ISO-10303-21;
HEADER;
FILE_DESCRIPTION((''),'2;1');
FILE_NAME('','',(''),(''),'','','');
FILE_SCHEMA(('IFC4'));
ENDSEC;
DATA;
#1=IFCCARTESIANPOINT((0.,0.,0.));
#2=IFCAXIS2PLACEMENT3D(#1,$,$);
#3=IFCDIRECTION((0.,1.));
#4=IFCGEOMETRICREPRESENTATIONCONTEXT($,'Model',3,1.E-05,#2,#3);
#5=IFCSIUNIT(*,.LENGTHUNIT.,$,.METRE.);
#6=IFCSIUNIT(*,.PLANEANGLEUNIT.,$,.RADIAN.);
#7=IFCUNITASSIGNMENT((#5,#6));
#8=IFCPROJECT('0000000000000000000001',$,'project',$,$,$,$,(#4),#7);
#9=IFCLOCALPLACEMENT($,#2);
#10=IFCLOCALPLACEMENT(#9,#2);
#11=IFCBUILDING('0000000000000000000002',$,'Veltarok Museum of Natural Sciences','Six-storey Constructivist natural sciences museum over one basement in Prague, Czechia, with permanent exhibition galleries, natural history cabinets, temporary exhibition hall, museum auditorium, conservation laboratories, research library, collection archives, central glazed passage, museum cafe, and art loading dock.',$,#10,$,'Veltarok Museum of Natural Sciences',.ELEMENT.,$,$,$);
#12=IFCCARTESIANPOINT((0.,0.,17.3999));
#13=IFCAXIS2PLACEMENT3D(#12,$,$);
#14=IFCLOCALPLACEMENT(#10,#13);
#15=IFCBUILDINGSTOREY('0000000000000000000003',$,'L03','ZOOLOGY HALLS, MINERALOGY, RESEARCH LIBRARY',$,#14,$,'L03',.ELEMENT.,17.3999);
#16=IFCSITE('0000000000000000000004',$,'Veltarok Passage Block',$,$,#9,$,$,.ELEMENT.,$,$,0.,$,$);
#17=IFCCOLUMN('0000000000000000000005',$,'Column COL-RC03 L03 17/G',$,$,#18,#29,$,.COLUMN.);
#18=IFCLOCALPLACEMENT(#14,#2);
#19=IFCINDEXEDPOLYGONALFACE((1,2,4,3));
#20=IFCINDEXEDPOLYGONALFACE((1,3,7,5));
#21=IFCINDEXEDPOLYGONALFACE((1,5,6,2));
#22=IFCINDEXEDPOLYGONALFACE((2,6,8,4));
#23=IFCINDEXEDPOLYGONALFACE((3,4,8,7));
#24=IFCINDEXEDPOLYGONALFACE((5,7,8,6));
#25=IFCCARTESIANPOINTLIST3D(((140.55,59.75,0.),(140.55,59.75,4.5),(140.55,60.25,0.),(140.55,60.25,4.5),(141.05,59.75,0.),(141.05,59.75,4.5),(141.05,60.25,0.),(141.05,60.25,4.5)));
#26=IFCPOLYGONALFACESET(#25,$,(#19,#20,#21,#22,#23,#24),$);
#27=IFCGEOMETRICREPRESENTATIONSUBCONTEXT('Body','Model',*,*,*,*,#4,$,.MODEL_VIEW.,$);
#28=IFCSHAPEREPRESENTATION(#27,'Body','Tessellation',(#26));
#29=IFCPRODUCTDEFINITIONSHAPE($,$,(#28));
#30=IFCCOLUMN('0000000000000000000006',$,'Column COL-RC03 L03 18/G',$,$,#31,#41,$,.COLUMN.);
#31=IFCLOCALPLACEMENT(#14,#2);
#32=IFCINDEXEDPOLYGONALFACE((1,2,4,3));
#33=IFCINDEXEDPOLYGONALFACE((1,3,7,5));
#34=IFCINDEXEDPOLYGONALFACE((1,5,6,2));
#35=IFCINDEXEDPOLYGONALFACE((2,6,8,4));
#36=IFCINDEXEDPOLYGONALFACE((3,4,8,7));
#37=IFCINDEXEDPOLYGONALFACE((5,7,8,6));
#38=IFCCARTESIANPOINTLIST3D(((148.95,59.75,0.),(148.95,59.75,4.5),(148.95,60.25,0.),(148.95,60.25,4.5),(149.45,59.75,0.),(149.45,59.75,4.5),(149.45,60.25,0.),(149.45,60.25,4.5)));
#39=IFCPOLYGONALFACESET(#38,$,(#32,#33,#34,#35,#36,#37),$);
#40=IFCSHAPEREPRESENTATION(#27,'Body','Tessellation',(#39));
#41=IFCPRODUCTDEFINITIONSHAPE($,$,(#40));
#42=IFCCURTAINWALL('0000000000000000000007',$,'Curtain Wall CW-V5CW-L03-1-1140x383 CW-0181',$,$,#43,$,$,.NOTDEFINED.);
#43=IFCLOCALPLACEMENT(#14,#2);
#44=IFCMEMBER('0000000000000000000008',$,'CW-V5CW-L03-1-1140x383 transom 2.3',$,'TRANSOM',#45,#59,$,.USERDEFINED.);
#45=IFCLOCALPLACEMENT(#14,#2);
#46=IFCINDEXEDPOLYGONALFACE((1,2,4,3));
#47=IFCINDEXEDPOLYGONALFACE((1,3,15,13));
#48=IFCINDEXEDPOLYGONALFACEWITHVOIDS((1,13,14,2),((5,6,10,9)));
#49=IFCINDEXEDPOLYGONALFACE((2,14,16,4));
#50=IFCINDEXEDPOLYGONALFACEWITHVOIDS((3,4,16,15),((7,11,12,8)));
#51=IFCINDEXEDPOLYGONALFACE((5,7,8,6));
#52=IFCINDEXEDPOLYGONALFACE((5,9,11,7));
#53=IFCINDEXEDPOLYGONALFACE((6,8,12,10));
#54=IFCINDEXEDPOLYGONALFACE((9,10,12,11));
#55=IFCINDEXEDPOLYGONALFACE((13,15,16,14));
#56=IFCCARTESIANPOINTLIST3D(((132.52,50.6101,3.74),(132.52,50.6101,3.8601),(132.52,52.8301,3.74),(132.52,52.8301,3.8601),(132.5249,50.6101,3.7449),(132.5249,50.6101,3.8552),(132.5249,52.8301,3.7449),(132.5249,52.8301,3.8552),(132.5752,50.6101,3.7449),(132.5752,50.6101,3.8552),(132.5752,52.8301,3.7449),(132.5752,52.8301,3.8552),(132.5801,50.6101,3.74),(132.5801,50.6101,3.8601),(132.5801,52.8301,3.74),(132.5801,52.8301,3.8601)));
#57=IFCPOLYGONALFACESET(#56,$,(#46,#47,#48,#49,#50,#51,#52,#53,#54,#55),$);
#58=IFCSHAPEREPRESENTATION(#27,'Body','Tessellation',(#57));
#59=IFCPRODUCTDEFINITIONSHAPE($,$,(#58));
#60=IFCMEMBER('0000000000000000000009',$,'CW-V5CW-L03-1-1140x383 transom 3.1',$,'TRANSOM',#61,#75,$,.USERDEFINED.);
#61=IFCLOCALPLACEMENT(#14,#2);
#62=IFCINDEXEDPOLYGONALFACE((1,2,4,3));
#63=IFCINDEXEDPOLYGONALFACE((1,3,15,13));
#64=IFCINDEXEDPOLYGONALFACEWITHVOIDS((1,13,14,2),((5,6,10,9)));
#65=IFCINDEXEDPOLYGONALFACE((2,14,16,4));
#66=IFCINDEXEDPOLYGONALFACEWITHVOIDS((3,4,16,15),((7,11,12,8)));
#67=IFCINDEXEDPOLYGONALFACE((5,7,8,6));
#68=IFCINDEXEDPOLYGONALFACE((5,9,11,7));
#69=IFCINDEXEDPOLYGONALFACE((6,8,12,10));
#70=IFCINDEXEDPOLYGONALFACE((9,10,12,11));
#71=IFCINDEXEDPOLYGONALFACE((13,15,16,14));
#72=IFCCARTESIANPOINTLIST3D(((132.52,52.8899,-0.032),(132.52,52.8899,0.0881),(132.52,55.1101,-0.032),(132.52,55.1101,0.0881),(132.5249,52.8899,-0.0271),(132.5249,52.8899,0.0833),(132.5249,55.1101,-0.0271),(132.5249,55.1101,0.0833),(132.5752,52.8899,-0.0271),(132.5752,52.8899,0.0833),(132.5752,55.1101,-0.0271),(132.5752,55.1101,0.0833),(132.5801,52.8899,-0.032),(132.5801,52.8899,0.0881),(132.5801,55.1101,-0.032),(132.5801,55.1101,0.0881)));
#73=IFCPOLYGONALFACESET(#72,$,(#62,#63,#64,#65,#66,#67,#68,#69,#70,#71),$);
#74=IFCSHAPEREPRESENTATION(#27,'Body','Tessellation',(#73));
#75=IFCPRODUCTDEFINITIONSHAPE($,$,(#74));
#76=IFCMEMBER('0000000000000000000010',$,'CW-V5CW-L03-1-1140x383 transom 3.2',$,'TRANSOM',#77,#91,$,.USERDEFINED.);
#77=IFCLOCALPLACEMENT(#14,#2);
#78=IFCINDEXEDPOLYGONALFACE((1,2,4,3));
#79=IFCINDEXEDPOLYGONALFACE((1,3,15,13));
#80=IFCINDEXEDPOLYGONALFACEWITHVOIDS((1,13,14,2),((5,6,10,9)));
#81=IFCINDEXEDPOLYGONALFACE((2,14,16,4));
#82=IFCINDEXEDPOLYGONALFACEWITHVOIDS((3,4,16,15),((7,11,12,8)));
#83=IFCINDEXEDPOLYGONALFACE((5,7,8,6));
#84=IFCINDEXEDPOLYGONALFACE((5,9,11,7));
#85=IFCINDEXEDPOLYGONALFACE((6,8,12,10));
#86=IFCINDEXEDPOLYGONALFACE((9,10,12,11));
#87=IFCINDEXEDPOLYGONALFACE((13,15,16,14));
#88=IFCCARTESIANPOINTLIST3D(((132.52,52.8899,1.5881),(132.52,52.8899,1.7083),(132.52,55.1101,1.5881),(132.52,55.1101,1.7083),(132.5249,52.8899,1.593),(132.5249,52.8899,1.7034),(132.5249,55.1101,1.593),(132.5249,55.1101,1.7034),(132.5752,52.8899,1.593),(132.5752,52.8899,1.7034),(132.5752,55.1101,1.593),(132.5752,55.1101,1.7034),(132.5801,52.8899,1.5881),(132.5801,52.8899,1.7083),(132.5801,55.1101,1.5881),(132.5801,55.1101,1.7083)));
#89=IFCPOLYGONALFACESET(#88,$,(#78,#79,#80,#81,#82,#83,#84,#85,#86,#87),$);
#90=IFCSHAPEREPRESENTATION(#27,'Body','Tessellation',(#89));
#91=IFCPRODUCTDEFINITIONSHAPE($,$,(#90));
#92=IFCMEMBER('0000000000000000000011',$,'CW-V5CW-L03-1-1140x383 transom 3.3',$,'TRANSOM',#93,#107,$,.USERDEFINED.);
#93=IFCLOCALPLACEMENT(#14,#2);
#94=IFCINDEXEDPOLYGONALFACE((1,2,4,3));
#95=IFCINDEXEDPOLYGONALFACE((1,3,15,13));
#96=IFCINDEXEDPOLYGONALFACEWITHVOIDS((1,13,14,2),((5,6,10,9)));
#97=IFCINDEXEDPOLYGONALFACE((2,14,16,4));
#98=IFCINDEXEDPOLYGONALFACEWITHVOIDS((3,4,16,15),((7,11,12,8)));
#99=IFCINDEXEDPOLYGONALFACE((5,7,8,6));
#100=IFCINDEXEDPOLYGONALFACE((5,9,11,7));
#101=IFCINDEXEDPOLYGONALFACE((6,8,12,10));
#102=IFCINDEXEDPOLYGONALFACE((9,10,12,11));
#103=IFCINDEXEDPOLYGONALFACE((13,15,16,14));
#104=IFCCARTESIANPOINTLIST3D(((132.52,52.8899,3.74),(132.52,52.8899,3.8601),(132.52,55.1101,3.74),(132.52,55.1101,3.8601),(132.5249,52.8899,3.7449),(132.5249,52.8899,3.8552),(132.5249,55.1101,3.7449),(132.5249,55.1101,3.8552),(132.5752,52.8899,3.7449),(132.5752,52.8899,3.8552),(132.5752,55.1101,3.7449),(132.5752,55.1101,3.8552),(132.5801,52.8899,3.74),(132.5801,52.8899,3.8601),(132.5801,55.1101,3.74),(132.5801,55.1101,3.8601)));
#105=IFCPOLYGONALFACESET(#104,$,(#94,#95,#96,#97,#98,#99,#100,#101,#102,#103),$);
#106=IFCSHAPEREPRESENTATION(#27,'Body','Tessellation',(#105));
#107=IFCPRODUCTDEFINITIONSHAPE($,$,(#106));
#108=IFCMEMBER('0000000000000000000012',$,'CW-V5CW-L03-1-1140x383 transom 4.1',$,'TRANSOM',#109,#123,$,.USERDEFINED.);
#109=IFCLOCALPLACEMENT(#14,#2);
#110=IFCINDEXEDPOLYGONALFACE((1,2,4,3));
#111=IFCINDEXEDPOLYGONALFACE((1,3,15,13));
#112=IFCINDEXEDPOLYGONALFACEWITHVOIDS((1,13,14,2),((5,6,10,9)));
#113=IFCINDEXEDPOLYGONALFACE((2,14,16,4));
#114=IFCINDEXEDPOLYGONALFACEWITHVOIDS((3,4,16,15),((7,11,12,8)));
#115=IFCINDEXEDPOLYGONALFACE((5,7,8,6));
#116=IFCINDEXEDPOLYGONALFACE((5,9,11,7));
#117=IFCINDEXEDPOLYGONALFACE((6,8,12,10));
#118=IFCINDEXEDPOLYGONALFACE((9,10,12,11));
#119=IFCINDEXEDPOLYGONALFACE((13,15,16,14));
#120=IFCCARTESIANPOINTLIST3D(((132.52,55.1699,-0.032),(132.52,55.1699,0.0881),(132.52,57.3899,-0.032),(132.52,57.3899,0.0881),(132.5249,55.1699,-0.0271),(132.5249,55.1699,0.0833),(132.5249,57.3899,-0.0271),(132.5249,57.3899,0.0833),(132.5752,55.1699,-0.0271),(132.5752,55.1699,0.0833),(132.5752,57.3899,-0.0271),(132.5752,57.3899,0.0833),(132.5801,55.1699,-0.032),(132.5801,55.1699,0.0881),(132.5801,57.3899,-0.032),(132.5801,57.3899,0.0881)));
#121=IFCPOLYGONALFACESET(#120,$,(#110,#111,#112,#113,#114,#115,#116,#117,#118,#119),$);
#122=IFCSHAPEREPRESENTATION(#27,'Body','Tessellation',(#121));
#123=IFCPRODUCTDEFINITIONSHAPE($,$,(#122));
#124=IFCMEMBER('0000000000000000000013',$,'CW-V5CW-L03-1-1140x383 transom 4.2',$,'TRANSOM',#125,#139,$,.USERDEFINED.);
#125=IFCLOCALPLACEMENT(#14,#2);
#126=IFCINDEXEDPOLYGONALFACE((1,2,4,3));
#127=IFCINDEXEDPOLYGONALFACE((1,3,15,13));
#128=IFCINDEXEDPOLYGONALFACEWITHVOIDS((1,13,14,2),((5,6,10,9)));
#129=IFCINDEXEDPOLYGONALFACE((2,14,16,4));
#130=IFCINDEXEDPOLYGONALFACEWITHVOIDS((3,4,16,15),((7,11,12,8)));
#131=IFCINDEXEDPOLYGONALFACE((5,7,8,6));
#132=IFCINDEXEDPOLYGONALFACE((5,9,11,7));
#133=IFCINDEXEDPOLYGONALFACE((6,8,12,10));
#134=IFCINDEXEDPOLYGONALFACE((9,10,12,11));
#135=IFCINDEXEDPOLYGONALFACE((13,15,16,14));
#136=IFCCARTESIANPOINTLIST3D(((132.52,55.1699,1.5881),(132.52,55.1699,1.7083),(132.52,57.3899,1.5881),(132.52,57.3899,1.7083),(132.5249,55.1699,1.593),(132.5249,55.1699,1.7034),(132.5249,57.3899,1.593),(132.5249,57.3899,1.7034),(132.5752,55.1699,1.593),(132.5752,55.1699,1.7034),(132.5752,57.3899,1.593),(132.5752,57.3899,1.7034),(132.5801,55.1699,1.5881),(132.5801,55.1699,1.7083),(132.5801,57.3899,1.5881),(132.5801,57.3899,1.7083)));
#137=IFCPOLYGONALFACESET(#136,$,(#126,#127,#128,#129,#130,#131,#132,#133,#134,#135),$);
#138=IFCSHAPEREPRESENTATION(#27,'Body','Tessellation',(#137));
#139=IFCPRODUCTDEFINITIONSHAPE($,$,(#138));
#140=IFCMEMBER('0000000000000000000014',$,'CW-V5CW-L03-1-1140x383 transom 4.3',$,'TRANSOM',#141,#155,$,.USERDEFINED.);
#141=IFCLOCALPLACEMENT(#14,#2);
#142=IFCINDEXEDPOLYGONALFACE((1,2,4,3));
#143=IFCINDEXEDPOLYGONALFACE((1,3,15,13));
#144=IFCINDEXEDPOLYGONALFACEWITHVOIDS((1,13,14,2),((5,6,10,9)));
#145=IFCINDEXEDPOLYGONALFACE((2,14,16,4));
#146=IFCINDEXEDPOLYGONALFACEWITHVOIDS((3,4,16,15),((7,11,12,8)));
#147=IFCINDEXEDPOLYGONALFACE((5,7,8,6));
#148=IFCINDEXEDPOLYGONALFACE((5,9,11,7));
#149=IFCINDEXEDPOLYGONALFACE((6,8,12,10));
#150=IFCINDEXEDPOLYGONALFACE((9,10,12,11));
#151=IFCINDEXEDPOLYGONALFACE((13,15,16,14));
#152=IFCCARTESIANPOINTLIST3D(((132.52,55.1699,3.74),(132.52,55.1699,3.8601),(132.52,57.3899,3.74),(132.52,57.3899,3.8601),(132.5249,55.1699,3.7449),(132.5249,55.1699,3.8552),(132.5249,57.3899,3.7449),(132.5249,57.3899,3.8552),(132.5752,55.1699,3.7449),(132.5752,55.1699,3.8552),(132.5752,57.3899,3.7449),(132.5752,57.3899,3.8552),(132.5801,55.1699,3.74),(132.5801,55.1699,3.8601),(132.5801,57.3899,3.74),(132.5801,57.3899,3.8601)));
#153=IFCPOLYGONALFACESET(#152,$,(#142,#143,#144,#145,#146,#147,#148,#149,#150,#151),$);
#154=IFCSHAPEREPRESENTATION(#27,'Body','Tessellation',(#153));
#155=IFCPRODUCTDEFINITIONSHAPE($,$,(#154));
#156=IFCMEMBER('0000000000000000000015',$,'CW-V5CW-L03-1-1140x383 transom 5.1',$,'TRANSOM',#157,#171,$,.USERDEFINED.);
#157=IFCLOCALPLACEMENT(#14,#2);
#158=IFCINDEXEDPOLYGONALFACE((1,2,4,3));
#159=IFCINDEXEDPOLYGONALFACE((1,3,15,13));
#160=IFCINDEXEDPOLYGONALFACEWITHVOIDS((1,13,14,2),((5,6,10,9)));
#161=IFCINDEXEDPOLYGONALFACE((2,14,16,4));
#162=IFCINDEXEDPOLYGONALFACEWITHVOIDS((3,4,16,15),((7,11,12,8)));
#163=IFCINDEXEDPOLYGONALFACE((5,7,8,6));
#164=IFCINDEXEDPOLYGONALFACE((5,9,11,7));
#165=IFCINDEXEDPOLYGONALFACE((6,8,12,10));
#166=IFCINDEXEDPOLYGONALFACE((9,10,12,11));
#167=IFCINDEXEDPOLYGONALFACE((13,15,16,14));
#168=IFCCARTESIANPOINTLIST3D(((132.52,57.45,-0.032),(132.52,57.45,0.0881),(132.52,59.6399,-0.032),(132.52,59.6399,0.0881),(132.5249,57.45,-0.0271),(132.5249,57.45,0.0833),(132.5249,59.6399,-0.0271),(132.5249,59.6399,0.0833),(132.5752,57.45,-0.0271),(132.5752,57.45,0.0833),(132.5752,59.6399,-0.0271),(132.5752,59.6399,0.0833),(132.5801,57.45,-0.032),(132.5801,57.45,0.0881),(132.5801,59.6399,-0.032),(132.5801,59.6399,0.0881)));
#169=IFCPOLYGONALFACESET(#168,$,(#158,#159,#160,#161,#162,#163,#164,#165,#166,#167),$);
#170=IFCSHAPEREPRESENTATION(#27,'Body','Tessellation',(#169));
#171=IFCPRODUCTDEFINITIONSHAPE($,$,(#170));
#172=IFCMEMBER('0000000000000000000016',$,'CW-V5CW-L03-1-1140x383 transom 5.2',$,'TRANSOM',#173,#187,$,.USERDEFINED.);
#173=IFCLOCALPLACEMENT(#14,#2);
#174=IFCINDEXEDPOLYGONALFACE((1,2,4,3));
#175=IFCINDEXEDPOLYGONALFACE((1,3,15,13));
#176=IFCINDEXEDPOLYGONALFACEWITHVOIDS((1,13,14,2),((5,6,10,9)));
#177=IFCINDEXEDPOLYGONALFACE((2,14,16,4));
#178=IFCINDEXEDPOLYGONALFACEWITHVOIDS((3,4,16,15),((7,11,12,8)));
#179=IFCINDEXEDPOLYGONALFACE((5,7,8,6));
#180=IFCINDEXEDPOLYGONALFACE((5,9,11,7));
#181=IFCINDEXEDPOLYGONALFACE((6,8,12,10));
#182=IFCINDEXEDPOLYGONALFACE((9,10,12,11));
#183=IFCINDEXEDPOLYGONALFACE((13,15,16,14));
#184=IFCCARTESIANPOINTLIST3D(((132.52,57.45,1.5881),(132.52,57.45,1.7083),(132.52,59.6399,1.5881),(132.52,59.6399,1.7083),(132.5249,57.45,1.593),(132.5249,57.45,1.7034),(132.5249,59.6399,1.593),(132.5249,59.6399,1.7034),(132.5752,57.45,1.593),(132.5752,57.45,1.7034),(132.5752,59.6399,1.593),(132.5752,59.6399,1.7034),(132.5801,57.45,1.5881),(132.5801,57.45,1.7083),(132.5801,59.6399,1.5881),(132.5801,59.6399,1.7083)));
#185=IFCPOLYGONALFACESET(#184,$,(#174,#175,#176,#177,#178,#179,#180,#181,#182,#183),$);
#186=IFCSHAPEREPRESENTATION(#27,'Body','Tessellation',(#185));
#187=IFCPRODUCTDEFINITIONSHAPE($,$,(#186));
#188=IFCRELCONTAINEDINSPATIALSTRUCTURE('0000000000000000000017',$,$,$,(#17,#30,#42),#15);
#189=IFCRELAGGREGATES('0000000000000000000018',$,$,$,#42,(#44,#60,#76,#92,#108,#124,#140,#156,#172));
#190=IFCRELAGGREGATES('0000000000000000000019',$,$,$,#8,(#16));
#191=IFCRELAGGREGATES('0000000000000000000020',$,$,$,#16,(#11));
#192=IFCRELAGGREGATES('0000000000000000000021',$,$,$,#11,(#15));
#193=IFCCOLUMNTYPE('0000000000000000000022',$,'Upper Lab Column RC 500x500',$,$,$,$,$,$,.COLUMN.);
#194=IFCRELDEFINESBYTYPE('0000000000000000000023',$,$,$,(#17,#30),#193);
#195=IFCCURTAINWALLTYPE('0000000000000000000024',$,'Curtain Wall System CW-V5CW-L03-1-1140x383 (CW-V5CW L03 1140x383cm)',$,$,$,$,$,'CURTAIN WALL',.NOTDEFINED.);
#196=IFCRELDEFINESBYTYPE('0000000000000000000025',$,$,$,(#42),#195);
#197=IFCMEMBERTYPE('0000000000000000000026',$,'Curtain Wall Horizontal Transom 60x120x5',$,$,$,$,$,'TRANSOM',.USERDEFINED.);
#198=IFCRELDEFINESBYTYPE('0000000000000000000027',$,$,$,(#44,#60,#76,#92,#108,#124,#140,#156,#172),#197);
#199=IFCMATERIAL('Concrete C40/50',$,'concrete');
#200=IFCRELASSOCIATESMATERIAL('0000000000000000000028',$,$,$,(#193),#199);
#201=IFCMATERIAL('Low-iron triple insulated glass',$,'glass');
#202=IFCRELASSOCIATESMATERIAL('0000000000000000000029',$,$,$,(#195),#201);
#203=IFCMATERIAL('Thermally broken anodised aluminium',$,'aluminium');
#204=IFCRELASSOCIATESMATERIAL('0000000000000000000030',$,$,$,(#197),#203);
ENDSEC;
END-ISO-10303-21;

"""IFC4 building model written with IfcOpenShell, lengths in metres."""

from ifc_helpers import new_model, si_unit, direction, frame, origin, origin_2d, place, context, subcontext, project, spatial, rectangle, hollow_rectangle, extrude, material, material_profile, profile_set, type_object, element, aggregate, save


model = new_model("IFC4")

# Units and contexts
model_context = context("Model", 3, precision=1e-05, world=origin(), true_north=direction((0.0, 1.0)))
body_context = subcontext(model_context, "Body", "Model", "MODEL_VIEW")
ifc_project = project(units=[si_unit("LENGTHUNIT", "METRE"), si_unit("PLANEANGLEUNIT", "RADIAN")], contexts=[model_context])

# Site, building, storey
site_placement = place(None, origin())
site = spatial("IfcSite", under=ifc_project, at=site_placement, Name="Veltarok Passage Block", CompositionType="ELEMENT", RefElevation=0.0)
building_placement = place(site_placement, origin())
building = spatial("IfcBuilding", under=site, at=building_placement, Name="Veltarok Museum of Natural Sciences", Description="Six-storey Constructivist natural sciences museum over one basement in Prague, Czechia, with permanent exhibition galleries, natural history cabinets, temporary exhibition hall, museum auditorium, conservation laboratories, research library, collection archives, central glazed passage, museum cafe, and art loading dock.", LongName="Veltarok Museum of Natural Sciences", CompositionType="ELEMENT")
storey_placement = place(building_placement, frame((0.0, 0.0, 17.3999)))
storey = spatial("IfcBuildingStorey", under=building, at=storey_placement, Name="L03", Description="ZOOLOGY HALLS, MINERALOGY, RESEARCH LIBRARY", LongName="L03", CompositionType="ELEMENT", Elevation=17.3999)

# Columns
ifc_material_1 = material(Name="Concrete C40/50", Category="concrete")
ifc_material_profile_1 = material_profile(ifc_material_1, rectangle(XDim=0.5, YDim=0.5, at=origin_2d()), Name="RC 500x500")
ifc_profile_set_1 = profile_set([ifc_material_profile_1], Name="Concrete C40/50")
column_type = type_object("IfcColumnType", Name="Upper Lab Column RC 500x500", PredefinedType="COLUMN", material=ifc_profile_set_1)
for number, where, z_axis, x_axis, name in (
    (1, (140.8, 60.0, 0.0), (0.0, 0.0, 1.0), (1.0, 0.0, 0.0), "Column COL-RC03 L03 17/G"),
    (2, (149.2, 60.0, 0.0), (0.0, 0.0, 1.0), (1.0, 0.0, 0.0), "Column COL-RC03 L03 18/G"),
):
    element("IfcColumn", number, at=place(storey_placement, frame(where, z_axis=z_axis, x_axis=x_axis)), inside=storey, type_object=column_type, Name=name, PredefinedType="COLUMN", context=body_context, shape_type="SweptSolid", body=[
        extrude(rectangle(XDim=0.5, YDim=0.5, at=origin_2d()), origin(), (0.0, 0.0, 1.0), 4.5),
    ])

# Curtain wall, members
ifc_material_2 = material(Name="Low-iron triple insulated glass", Category="glass")
curtain_wall_type = type_object("IfcCurtainWallType", Name="Curtain Wall System CW-V5CW-L03-1-1140x383 (CW-V5CW L03 1140x383cm)", ElementType="CURTAIN WALL", PredefinedType="NOTDEFINED", material=ifc_material_2)
curtain_wall_placement = place(storey_placement, origin())
curtain_wall = element("IfcCurtainWall", 3, at=curtain_wall_placement, inside=storey, type_object=curtain_wall_type, Name="Curtain Wall CW-V5CW-L03-1-1140x383 CW-0181", PredefinedType="NOTDEFINED")
ifc_material_3 = material(Name="Thermally broken anodised aluminium", Category="aluminium")
ifc_material_profile_2 = material_profile(ifc_material_3, hollow_rectangle(XDim=0.0601, YDim=0.1201, WallThickness=0.0049, at=origin_2d()), Name="CW TRANSOM 60x120x5")
ifc_profile_set_2 = profile_set([ifc_material_profile_2], Name="Thermally broken anodised aluminium")
member_type = type_object("IfcMemberType", Name="Curtain Wall Horizontal Transom 60x120x5", ElementType="TRANSOM", PredefinedType="USERDEFINED", material=ifc_profile_set_2)
member_1_placement = place(storey_placement, frame((132.55, 50.6101, 3.8), z_axis=(0.0, 1.0, 0.0), x_axis=(-1.0, 0.0, 0.0)))
member_1 = element("IfcMember", 4, at=member_1_placement, type_object=member_type, Name="CW-V5CW-L03-1-1140x383 transom 2.3", ObjectType="TRANSOM", PredefinedType="USERDEFINED", context=body_context, shape_type="SweptSolid", body=[
    extrude(hollow_rectangle(XDim=0.0601, YDim=0.1201, WallThickness=0.0049, at=origin_2d()), origin(), (0.0, 0.0, 1.0), 2.22),
])
member_2_placement = place(storey_placement, frame((132.55, 52.8899, 0.0281), z_axis=(0.0, 1.0, 0.0), x_axis=(-1.0, 0.0, 0.0)))
member_2 = element("IfcMember", 5, at=member_2_placement, type_object=member_type, Name="CW-V5CW-L03-1-1140x383 transom 3.1", ObjectType="TRANSOM", PredefinedType="USERDEFINED", context=body_context, shape_type="SweptSolid", body=[
    extrude(hollow_rectangle(XDim=0.0601, YDim=0.1201, WallThickness=0.0049, at=origin_2d()), origin(), (0.0, 0.0, 1.0), 2.2202),
])
member_3_placement = place(storey_placement, frame((132.55, 52.8899, 1.6482), z_axis=(0.0, 1.0, 0.0), x_axis=(-1.0, 0.0, 0.0)))
member_3 = element("IfcMember", 6, at=member_3_placement, type_object=member_type, Name="CW-V5CW-L03-1-1140x383 transom 3.2", ObjectType="TRANSOM", PredefinedType="USERDEFINED", context=body_context, shape_type="SweptSolid", body=[
    extrude(hollow_rectangle(XDim=0.0601, YDim=0.1201, WallThickness=0.0049, at=origin_2d()), origin(), (0.0, 0.0, 1.0), 2.2202),
])
member_4_placement = place(storey_placement, frame((132.55, 52.8899, 3.8), z_axis=(0.0, 1.0, 0.0), x_axis=(-1.0, 0.0, 0.0)))
member_4 = element("IfcMember", 7, at=member_4_placement, type_object=member_type, Name="CW-V5CW-L03-1-1140x383 transom 3.3", ObjectType="TRANSOM", PredefinedType="USERDEFINED", context=body_context, shape_type="SweptSolid", body=[
    extrude(hollow_rectangle(XDim=0.0601, YDim=0.1201, WallThickness=0.0049, at=origin_2d()), origin(), (0.0, 0.0, 1.0), 2.2202),
])
member_5_placement = place(storey_placement, frame((132.55, 55.1699, 0.0281), z_axis=(0.0, 1.0, 0.0), x_axis=(-1.0, 0.0, 0.0)))
member_5 = element("IfcMember", 8, at=member_5_placement, type_object=member_type, Name="CW-V5CW-L03-1-1140x383 transom 4.1", ObjectType="TRANSOM", PredefinedType="USERDEFINED", context=body_context, shape_type="SweptSolid", body=[
    extrude(hollow_rectangle(XDim=0.0601, YDim=0.1201, WallThickness=0.0049, at=origin_2d()), origin(), (0.0, 0.0, 1.0), 2.22),
])
member_6_placement = place(storey_placement, frame((132.55, 55.1699, 1.6482), z_axis=(0.0, 1.0, 0.0), x_axis=(-1.0, 0.0, 0.0)))
member_6 = element("IfcMember", 9, at=member_6_placement, type_object=member_type, Name="CW-V5CW-L03-1-1140x383 transom 4.2", ObjectType="TRANSOM", PredefinedType="USERDEFINED", context=body_context, shape_type="SweptSolid", body=[
    extrude(hollow_rectangle(XDim=0.0601, YDim=0.1201, WallThickness=0.0049, at=origin_2d()), origin(), (0.0, 0.0, 1.0), 2.22),
])
member_7_placement = place(storey_placement, frame((132.55, 55.1699, 3.8), z_axis=(0.0, 1.0, 0.0), x_axis=(-1.0, 0.0, 0.0)))
member_7 = element("IfcMember", 10, at=member_7_placement, type_object=member_type, Name="CW-V5CW-L03-1-1140x383 transom 4.3", ObjectType="TRANSOM", PredefinedType="USERDEFINED", context=body_context, shape_type="SweptSolid", body=[
    extrude(hollow_rectangle(XDim=0.0601, YDim=0.1201, WallThickness=0.0049, at=origin_2d()), origin(), (0.0, 0.0, 1.0), 2.22),
])
member_8_placement = place(storey_placement, frame((132.55, 57.45, 0.0281), z_axis=(0.0, 1.0, 0.0), x_axis=(-1.0, 0.0, 0.0)))
member_8 = element("IfcMember", 11, at=member_8_placement, type_object=member_type, Name="CW-V5CW-L03-1-1140x383 transom 5.1", ObjectType="TRANSOM", PredefinedType="USERDEFINED", context=body_context, shape_type="SweptSolid", body=[
    extrude(hollow_rectangle(XDim=0.0601, YDim=0.1201, WallThickness=0.0049, at=origin_2d()), origin(), (0.0, 0.0, 1.0), 2.1899),
])
member_9_placement = place(storey_placement, frame((132.55, 57.45, 1.6482), z_axis=(0.0, 1.0, 0.0), x_axis=(-1.0, 0.0, 0.0)))
member_9 = element("IfcMember", 12, at=member_9_placement, type_object=member_type, Name="CW-V5CW-L03-1-1140x383 transom 5.2", ObjectType="TRANSOM", PredefinedType="USERDEFINED", context=body_context, shape_type="SweptSolid", body=[
    extrude(hollow_rectangle(XDim=0.0601, YDim=0.1201, WallThickness=0.0049, at=origin_2d()), origin(), (0.0, 0.0, 1.0), 2.1899),
])

aggregate(curtain_wall, [member_1, member_2, member_3, member_4, member_5, member_6, member_7, member_8, member_9])

save(model, "model.ifc")
